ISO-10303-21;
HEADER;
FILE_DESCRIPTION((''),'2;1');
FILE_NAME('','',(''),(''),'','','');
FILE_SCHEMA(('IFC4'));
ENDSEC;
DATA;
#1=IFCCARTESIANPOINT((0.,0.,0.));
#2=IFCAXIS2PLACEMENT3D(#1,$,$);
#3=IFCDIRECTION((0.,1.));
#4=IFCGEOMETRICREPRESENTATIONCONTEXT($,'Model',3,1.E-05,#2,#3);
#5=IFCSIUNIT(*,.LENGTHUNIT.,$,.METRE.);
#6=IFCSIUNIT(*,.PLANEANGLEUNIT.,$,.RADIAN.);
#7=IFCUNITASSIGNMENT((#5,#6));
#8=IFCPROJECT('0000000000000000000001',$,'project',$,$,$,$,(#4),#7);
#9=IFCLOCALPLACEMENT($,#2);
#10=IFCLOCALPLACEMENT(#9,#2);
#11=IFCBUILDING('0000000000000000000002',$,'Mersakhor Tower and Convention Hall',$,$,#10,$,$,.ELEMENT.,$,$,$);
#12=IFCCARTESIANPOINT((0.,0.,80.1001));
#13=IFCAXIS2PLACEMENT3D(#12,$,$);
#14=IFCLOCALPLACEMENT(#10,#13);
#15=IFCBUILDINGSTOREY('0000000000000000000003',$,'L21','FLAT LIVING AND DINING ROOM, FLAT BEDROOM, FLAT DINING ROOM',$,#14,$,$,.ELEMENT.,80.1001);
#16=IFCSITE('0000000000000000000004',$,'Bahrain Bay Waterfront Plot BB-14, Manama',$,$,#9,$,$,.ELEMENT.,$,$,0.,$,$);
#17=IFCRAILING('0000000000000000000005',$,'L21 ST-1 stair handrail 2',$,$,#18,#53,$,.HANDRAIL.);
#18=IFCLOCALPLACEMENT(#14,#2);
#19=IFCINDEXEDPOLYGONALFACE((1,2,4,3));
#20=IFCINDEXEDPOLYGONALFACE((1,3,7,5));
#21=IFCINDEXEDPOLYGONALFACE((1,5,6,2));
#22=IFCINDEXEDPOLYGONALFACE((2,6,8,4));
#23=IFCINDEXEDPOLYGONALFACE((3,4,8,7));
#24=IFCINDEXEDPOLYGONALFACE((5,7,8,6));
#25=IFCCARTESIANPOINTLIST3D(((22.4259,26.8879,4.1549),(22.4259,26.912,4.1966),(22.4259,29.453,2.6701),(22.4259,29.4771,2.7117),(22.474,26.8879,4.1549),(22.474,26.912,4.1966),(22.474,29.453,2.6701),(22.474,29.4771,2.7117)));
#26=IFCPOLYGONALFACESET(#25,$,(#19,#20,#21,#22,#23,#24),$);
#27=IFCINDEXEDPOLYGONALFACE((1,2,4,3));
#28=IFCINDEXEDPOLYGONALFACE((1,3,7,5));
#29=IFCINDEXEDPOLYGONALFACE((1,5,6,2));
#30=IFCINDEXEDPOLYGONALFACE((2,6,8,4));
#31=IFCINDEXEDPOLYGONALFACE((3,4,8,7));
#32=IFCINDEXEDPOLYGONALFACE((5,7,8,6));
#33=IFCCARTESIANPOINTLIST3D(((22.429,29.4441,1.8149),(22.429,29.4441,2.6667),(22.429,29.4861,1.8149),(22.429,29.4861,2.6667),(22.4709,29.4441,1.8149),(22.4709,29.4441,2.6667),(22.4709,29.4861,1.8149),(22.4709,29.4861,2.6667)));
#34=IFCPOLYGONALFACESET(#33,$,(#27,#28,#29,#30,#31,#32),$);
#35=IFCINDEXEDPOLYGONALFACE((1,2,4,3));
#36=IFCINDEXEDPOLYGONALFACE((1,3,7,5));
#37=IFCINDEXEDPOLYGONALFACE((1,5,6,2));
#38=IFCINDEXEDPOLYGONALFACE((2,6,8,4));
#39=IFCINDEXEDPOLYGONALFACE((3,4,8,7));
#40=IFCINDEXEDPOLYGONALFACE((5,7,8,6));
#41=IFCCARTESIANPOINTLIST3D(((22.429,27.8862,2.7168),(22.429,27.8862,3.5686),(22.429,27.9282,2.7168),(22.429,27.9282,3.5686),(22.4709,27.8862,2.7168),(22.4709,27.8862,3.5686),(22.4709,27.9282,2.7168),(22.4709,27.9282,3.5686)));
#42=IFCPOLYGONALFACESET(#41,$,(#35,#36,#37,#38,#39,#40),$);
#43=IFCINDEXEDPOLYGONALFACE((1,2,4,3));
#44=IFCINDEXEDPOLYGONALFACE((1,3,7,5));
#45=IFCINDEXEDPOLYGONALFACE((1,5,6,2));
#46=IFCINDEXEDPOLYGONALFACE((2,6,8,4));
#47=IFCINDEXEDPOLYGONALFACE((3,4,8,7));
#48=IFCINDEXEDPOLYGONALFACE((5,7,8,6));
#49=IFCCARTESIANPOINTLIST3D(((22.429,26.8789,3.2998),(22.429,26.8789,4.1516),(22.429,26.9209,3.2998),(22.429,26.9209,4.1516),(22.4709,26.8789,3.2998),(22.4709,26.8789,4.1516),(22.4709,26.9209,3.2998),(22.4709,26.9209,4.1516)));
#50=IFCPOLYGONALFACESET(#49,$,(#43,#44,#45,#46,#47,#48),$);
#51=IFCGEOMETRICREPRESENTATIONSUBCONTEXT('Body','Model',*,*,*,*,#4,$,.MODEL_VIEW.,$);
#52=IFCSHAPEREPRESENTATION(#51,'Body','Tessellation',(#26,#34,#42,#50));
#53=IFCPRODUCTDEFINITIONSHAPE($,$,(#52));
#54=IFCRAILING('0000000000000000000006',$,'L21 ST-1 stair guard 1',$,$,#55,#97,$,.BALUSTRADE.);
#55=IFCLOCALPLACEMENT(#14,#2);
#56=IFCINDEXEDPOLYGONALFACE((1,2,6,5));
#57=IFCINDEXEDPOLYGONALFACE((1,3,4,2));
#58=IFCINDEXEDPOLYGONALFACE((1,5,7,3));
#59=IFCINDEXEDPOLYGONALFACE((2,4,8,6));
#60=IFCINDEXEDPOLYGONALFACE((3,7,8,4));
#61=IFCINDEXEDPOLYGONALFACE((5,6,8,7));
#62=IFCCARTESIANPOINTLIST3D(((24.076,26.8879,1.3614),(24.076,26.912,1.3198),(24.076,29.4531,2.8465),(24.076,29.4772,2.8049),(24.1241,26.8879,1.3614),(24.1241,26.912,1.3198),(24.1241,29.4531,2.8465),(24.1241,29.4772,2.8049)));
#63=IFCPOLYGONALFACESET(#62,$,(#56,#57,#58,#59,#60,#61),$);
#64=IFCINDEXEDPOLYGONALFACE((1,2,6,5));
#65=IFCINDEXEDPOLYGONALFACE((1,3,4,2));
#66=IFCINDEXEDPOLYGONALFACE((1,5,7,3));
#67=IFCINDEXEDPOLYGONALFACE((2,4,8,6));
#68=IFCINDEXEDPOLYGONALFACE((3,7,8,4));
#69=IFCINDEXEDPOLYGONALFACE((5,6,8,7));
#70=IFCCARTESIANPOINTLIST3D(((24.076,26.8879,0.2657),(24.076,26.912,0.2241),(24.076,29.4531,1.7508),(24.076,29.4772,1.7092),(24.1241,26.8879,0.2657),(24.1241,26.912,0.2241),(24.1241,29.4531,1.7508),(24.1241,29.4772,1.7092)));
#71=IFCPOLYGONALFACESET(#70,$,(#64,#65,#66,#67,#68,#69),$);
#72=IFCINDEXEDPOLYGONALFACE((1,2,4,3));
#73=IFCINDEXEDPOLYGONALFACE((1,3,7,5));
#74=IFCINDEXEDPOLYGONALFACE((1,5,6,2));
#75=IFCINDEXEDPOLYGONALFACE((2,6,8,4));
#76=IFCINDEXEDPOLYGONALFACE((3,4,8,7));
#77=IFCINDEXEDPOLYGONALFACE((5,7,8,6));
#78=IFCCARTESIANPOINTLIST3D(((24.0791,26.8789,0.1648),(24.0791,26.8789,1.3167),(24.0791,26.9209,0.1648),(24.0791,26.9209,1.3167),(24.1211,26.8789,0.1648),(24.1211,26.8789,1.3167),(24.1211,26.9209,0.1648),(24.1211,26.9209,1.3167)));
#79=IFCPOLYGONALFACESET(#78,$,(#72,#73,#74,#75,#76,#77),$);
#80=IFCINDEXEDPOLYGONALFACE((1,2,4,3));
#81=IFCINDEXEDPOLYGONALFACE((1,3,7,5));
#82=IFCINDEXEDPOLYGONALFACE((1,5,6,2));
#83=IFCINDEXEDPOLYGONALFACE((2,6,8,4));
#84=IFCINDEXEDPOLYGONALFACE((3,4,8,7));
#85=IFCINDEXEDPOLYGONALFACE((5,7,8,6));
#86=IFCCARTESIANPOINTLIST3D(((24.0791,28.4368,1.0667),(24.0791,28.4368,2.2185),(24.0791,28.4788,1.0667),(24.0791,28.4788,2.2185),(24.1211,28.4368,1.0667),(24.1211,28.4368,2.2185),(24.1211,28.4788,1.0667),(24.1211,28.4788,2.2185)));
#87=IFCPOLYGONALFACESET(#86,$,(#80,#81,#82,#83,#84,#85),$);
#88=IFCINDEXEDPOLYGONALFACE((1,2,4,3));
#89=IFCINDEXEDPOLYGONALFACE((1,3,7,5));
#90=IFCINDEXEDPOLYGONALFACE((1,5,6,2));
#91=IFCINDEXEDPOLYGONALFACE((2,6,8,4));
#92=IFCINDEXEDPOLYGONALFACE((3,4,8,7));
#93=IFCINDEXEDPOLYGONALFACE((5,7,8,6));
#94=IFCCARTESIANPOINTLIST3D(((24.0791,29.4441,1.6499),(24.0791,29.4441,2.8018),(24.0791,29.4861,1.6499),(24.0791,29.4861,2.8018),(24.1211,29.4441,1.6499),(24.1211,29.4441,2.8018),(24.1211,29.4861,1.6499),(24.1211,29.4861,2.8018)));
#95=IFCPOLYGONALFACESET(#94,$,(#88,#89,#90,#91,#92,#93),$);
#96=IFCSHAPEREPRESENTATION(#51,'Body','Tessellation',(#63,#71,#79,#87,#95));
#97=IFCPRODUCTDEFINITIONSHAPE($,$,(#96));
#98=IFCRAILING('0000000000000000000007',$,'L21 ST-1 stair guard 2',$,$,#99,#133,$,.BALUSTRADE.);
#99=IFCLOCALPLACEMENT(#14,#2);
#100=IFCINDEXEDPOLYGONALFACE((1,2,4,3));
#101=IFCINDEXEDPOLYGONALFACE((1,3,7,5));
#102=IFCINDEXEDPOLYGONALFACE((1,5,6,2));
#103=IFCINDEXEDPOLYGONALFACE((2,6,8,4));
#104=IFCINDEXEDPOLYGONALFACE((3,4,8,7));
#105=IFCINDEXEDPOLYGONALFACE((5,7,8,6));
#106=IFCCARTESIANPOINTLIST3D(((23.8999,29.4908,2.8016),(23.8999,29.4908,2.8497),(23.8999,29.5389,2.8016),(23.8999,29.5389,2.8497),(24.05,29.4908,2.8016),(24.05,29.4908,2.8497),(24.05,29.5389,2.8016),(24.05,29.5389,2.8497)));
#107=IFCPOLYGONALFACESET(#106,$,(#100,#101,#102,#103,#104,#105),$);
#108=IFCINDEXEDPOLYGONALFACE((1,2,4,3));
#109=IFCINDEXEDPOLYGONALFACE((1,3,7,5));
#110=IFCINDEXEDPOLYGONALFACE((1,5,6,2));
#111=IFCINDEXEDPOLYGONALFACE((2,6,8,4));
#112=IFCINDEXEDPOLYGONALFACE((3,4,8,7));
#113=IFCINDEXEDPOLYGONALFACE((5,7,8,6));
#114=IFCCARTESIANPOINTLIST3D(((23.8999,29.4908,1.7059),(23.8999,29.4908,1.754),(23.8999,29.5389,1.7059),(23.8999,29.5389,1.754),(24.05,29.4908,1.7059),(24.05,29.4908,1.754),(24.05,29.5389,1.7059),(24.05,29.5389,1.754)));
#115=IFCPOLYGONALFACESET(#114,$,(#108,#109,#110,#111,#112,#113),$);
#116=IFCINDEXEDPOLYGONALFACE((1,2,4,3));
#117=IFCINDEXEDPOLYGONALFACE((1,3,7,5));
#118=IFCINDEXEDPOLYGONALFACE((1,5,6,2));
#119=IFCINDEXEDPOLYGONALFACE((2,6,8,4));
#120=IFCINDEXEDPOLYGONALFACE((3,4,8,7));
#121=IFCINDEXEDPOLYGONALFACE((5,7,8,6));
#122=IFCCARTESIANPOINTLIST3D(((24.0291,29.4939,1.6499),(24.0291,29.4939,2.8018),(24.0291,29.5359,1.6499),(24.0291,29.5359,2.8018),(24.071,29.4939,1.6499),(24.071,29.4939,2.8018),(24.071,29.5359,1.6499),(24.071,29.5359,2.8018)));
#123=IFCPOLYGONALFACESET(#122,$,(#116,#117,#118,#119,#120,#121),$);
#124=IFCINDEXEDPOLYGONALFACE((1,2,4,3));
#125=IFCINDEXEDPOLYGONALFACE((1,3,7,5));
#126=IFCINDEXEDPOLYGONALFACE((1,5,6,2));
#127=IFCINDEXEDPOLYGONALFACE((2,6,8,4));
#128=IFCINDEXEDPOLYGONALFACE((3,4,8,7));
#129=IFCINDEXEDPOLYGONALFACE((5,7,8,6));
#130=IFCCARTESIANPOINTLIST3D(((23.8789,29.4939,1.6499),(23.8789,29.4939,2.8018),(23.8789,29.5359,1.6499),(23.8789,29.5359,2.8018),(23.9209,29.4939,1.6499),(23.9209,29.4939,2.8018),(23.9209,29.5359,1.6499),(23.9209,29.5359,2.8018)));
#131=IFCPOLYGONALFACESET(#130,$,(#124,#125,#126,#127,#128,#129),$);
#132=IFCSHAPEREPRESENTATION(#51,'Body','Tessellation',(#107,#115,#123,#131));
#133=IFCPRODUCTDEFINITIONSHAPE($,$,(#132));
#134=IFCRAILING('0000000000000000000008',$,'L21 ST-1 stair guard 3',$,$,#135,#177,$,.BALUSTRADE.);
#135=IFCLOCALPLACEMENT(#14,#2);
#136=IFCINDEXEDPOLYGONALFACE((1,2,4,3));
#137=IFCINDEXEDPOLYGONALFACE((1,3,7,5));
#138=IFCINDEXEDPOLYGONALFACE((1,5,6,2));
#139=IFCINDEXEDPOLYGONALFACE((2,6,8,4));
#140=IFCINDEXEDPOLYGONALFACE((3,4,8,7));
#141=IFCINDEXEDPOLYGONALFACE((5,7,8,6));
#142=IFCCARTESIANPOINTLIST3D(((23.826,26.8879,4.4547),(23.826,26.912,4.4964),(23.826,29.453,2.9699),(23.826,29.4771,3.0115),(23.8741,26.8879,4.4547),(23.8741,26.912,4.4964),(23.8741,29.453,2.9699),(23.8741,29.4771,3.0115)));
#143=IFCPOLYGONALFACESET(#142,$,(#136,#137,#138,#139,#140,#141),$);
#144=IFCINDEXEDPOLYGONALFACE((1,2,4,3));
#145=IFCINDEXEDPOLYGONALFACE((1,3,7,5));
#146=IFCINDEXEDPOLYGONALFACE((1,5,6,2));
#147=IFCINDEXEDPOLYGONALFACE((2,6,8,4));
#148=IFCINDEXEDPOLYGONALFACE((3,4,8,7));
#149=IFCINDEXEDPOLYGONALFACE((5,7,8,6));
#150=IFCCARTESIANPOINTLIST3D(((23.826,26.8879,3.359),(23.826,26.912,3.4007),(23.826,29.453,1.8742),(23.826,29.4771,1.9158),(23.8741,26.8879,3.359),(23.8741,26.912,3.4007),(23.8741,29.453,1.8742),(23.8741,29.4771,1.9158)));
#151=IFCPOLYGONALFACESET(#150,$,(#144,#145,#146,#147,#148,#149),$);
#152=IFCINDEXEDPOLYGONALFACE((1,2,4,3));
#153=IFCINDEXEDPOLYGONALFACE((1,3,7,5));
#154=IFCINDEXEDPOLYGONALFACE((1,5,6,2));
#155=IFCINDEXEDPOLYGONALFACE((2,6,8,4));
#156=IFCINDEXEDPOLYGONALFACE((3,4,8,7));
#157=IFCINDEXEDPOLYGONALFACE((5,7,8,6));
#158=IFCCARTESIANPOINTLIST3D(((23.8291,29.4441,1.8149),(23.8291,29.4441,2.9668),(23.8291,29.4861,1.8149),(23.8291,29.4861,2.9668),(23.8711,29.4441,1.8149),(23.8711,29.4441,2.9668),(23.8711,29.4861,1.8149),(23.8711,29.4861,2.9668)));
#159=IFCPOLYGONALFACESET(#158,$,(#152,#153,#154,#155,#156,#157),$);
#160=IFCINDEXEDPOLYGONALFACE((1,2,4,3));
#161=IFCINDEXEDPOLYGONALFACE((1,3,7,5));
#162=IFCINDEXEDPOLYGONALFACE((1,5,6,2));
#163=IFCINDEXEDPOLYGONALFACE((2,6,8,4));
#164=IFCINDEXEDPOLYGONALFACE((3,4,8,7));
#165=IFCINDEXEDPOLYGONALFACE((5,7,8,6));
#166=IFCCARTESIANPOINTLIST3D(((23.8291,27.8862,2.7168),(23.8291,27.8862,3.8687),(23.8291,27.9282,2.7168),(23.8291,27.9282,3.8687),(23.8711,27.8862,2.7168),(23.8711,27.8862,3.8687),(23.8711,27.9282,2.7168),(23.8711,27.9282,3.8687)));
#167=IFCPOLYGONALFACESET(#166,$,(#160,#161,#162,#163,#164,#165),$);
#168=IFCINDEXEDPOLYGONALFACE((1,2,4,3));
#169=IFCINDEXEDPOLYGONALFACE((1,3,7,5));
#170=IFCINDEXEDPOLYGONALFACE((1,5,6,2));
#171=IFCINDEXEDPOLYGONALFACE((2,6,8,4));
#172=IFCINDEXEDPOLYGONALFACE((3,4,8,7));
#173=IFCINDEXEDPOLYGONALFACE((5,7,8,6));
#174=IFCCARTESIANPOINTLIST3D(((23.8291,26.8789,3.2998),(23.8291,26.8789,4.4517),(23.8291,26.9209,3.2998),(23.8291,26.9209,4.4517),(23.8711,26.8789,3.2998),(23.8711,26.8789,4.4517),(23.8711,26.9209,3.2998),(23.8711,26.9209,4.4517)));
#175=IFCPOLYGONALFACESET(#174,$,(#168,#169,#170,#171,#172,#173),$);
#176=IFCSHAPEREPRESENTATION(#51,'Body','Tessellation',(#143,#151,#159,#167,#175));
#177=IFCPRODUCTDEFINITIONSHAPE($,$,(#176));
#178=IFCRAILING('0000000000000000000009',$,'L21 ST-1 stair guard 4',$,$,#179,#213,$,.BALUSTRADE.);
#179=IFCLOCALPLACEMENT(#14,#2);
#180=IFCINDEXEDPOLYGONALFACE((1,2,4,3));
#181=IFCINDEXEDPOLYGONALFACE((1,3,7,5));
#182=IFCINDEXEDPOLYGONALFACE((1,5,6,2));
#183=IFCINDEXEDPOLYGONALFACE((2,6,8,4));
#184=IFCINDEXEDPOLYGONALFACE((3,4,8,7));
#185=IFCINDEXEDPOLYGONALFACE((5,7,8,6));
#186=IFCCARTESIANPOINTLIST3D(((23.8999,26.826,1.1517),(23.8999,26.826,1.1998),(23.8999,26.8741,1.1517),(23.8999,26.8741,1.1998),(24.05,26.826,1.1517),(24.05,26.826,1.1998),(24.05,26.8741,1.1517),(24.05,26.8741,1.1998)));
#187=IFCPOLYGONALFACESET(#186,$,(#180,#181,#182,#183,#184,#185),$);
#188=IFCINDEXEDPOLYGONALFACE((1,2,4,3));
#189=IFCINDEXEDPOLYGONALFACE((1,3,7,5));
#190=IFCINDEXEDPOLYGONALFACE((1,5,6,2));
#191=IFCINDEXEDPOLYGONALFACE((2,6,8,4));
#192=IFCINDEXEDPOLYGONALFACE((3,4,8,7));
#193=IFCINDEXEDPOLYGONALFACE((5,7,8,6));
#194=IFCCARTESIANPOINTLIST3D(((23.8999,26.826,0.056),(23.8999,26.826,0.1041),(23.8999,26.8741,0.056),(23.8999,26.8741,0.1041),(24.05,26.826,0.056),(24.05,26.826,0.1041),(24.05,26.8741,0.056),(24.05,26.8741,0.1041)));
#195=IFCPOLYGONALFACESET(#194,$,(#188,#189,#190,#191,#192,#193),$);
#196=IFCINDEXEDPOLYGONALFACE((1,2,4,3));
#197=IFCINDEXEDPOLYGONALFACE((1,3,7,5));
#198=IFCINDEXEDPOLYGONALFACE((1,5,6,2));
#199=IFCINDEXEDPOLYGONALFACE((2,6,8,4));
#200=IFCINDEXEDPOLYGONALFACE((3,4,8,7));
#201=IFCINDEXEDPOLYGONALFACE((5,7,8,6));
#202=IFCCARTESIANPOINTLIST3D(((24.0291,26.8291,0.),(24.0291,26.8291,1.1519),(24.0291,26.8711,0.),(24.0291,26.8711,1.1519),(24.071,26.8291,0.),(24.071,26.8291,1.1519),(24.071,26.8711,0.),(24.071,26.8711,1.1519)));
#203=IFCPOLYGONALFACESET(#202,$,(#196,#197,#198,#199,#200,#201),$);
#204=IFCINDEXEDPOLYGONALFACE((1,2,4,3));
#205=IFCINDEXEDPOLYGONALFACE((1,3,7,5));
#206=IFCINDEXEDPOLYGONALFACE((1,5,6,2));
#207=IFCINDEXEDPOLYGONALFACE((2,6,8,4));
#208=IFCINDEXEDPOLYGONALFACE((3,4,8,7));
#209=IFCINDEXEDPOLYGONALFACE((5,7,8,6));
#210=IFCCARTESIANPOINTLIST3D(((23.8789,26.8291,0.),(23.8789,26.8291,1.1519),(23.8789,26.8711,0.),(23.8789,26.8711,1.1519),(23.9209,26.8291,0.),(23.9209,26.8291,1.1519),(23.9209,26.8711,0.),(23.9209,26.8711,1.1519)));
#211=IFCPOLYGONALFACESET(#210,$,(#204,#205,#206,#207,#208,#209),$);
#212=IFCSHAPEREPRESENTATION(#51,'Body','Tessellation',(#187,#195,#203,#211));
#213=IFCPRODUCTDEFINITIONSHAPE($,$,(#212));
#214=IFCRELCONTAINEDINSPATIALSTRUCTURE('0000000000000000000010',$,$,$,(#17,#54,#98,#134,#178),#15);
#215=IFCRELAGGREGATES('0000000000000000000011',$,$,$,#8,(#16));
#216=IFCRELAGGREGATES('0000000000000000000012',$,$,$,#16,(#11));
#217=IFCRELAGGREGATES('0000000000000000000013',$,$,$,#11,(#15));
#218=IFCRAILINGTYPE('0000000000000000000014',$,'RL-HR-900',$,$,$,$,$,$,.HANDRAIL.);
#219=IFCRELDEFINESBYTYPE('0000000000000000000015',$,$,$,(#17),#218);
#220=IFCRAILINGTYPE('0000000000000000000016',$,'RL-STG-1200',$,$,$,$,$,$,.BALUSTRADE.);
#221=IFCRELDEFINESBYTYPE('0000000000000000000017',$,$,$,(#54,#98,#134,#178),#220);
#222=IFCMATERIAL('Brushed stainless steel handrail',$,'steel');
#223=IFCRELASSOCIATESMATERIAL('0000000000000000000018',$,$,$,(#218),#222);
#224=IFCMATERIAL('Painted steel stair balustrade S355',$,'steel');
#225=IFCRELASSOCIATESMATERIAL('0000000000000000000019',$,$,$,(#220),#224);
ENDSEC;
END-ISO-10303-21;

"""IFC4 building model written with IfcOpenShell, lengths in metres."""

from ifc_helpers import new_model, si_unit, direction, frame, origin, origin_2d, place, context, subcontext, project, spatial, rectangle, extrude, material, type_object, element, save


model = new_model("IFC4")

# Units and contexts
model_context = context("Model", 3, precision=1e-05, world=origin(), true_north=direction((0.0, 1.0)))
body_context = subcontext(model_context, "Body", "Model", "MODEL_VIEW")
ifc_project = project(units=[si_unit("LENGTHUNIT", "METRE"), si_unit("PLANEANGLEUNIT", "RADIAN")], contexts=[model_context])

# Site, building, storey
site_placement = place(None, origin())
site = spatial("IfcSite", under=ifc_project, at=site_placement, Name="Bahrain Bay Waterfront Plot BB-14, Manama", CompositionType="ELEMENT", RefElevation=0.0)
building_placement = place(site_placement, origin())
building = spatial("IfcBuilding", under=site, at=building_placement, Name="Mersakhor Tower and Convention Hall", CompositionType="ELEMENT")
storey_placement = place(building_placement, frame((0.0, 0.0, 80.1001)))
storey = spatial("IfcBuildingStorey", under=building, at=storey_placement, Name="L21", Description="FLAT LIVING AND DINING ROOM, FLAT BEDROOM, FLAT DINING ROOM", CompositionType="ELEMENT", Elevation=80.1001)

# Railings
ifc_material_1 = material(Name="Brushed stainless steel handrail", Category="steel")
railing_type_1 = type_object("IfcRailingType", Name="RL-HR-900", PredefinedType="HANDRAIL", material=ifc_material_1)
railing_1_placement = place(storey_placement, frame((22.45, 29.4651, 1.8149)))
element("IfcRailing", 1, at=railing_1_placement, inside=storey, type_object=railing_type_1, Name="L21 ST-1 stair handrail 2", PredefinedType="HANDRAIL", context=body_context, shape_type="SweptSolid", body=[
    extrude(rectangle(XDim=0.0481, YDim=0.0481, at=origin_2d()), frame((0.0, 0.0, 0.876), z_axis=(0.0, -0.865462, 0.500975), x_axis=(1.0, 0.0, 0.0)), (0.0, 0.0, 1.0), 2.9639),
    extrude(rectangle(XDim=0.042, YDim=0.042, at=origin_2d()), origin(), (0.0, 0.0, 1.0), 0.8518),
    extrude(rectangle(XDim=0.042, YDim=0.042, at=origin_2d()), frame((0.0, -1.5579, 0.9019)), (0.0, 0.0, 1.0), 0.8518),
    extrude(rectangle(XDim=0.042, YDim=0.042, at=origin_2d()), frame((0.0, -2.5652, 1.4849)), (0.0, 0.0, 1.0), 0.8518),
])
ifc_material_2 = material(Name="Painted steel stair balustrade S355", Category="steel")
railing_type_2 = type_object("IfcRailingType", Name="RL-STG-1200", PredefinedType="BALUSTRADE", material=ifc_material_2)
railing_2_placement = place(storey_placement, frame((24.1001, 26.8999, 0.1648)))
element("IfcRailing", 2, at=railing_2_placement, inside=storey, type_object=railing_type_2, Name="L21 ST-1 stair guard 1", PredefinedType="BALUSTRADE", context=body_context, shape_type="SweptSolid", body=[
    extrude(rectangle(XDim=0.0481, YDim=0.0481, at=origin_2d()), frame((0.0, 0.0, 1.1758), z_axis=(0.0, 0.865426, 0.501036), x_axis=(-1.0, 0.0, 0.0)), (0.0, 0.0, 1.0), 2.9641),
    extrude(rectangle(XDim=0.0481, YDim=0.0481, at=origin_2d()), frame((0.0, 0.0, 0.0801), z_axis=(0.0, 0.865426, 0.501036), x_axis=(-1.0, 0.0, 0.0)), (0.0, 0.0, 1.0), 2.9641),
    extrude(rectangle(XDim=0.042, YDim=0.042, at=origin_2d()), origin(), (0.0, 0.0, 1.0), 1.1519),
    extrude(rectangle(XDim=0.042, YDim=0.042, at=origin_2d()), frame((0.0, 1.5579, 0.9019)), (0.0, 0.0, 1.0), 1.1519),
    extrude(rectangle(XDim=0.042, YDim=0.042, at=origin_2d()), frame((0.0, 2.5652, 1.4851)), (0.0, 0.0, 1.0), 1.1519),
])
railing_3_placement = place(storey_placement, frame((24.05, 29.5149, 1.6499)))
element("IfcRailing", 3, at=railing_3_placement, inside=storey, type_object=railing_type_2, Name="L21 ST-1 stair guard 2", PredefinedType="BALUSTRADE", context=body_context, shape_type="SweptSolid", body=[
    extrude(rectangle(XDim=0.0481, YDim=0.0481, at=origin_2d()), frame((0.0, 0.0, 1.1758), z_axis=(-1.0, 0.0, 0.0), x_axis=(0.0, -1.0, 0.0)), (0.0, 0.0, 1.0), 0.1501),
    extrude(rectangle(XDim=0.0481, YDim=0.0481, at=origin_2d()), frame((0.0, 0.0, 0.0801), z_axis=(-1.0, 0.0, 0.0), x_axis=(0.0, -1.0, 0.0)), (0.0, 0.0, 1.0), 0.1501),
    extrude(rectangle(XDim=0.042, YDim=0.042, at=origin_2d()), origin(), (0.0, 0.0, 1.0), 1.1519),
    extrude(rectangle(XDim=0.042, YDim=0.042, at=origin_2d()), frame((-0.1501, 0.0, 0.0)), (0.0, 0.0, 1.0), 1.1519),
])
railing_4_placement = place(storey_placement, frame((23.8501, 29.4651, 1.8149)))
element("IfcRailing", 4, at=railing_4_placement, inside=storey, type_object=railing_type_2, Name="L21 ST-1 stair guard 3", PredefinedType="BALUSTRADE", context=body_context, shape_type="SweptSolid", body=[
    extrude(rectangle(XDim=0.0481, YDim=0.0481, at=origin_2d()), frame((0.0, 0.0, 1.1758), z_axis=(0.0, -0.865462, 0.500975), x_axis=(1.0, 0.0, 0.0)), (0.0, 0.0, 1.0), 2.9639),
    extrude(rectangle(XDim=0.0481, YDim=0.0481, at=origin_2d()), frame((0.0, 0.0, 0.0801), z_axis=(0.0, -0.865462, 0.500975), x_axis=(1.0, 0.0, 0.0)), (0.0, 0.0, 1.0), 2.9639),
    extrude(rectangle(XDim=0.042, YDim=0.042, at=origin_2d()), origin(), (0.0, 0.0, 1.0), 1.1519),
    extrude(rectangle(XDim=0.042, YDim=0.042, at=origin_2d()), frame((0.0, -1.5579, 0.9019)), (0.0, 0.0, 1.0), 1.1519),
    extrude(rectangle(XDim=0.042, YDim=0.042, at=origin_2d()), frame((0.0, -2.5652, 1.4849)), (0.0, 0.0, 1.0), 1.1519),
])
railing_5_placement = place(storey_placement, frame((24.05, 26.8501, 0.0)))
element("IfcRailing", 5, at=railing_5_placement, inside=storey, type_object=railing_type_2, Name="L21 ST-1 stair guard 4", PredefinedType="BALUSTRADE", context=body_context, shape_type="SweptSolid", body=[
    extrude(rectangle(XDim=0.0481, YDim=0.0481, at=origin_2d()), frame((0.0, 0.0, 1.1758), z_axis=(-1.0, 0.0, 0.0), x_axis=(0.0, -1.0, 0.0)), (0.0, 0.0, 1.0), 0.1501),
    extrude(rectangle(XDim=0.0481, YDim=0.0481, at=origin_2d()), frame((0.0, 0.0, 0.0801), z_axis=(-1.0, 0.0, 0.0), x_axis=(0.0, -1.0, 0.0)), (0.0, 0.0, 1.0), 0.1501),
    extrude(rectangle(XDim=0.042, YDim=0.042, at=origin_2d()), origin(), (0.0, 0.0, 1.0), 1.1519),
    extrude(rectangle(XDim=0.042, YDim=0.042, at=origin_2d()), frame((-0.1501, 0.0, 0.0)), (0.0, 0.0, 1.0), 1.1519),
])

save(model, "model.ifc")
